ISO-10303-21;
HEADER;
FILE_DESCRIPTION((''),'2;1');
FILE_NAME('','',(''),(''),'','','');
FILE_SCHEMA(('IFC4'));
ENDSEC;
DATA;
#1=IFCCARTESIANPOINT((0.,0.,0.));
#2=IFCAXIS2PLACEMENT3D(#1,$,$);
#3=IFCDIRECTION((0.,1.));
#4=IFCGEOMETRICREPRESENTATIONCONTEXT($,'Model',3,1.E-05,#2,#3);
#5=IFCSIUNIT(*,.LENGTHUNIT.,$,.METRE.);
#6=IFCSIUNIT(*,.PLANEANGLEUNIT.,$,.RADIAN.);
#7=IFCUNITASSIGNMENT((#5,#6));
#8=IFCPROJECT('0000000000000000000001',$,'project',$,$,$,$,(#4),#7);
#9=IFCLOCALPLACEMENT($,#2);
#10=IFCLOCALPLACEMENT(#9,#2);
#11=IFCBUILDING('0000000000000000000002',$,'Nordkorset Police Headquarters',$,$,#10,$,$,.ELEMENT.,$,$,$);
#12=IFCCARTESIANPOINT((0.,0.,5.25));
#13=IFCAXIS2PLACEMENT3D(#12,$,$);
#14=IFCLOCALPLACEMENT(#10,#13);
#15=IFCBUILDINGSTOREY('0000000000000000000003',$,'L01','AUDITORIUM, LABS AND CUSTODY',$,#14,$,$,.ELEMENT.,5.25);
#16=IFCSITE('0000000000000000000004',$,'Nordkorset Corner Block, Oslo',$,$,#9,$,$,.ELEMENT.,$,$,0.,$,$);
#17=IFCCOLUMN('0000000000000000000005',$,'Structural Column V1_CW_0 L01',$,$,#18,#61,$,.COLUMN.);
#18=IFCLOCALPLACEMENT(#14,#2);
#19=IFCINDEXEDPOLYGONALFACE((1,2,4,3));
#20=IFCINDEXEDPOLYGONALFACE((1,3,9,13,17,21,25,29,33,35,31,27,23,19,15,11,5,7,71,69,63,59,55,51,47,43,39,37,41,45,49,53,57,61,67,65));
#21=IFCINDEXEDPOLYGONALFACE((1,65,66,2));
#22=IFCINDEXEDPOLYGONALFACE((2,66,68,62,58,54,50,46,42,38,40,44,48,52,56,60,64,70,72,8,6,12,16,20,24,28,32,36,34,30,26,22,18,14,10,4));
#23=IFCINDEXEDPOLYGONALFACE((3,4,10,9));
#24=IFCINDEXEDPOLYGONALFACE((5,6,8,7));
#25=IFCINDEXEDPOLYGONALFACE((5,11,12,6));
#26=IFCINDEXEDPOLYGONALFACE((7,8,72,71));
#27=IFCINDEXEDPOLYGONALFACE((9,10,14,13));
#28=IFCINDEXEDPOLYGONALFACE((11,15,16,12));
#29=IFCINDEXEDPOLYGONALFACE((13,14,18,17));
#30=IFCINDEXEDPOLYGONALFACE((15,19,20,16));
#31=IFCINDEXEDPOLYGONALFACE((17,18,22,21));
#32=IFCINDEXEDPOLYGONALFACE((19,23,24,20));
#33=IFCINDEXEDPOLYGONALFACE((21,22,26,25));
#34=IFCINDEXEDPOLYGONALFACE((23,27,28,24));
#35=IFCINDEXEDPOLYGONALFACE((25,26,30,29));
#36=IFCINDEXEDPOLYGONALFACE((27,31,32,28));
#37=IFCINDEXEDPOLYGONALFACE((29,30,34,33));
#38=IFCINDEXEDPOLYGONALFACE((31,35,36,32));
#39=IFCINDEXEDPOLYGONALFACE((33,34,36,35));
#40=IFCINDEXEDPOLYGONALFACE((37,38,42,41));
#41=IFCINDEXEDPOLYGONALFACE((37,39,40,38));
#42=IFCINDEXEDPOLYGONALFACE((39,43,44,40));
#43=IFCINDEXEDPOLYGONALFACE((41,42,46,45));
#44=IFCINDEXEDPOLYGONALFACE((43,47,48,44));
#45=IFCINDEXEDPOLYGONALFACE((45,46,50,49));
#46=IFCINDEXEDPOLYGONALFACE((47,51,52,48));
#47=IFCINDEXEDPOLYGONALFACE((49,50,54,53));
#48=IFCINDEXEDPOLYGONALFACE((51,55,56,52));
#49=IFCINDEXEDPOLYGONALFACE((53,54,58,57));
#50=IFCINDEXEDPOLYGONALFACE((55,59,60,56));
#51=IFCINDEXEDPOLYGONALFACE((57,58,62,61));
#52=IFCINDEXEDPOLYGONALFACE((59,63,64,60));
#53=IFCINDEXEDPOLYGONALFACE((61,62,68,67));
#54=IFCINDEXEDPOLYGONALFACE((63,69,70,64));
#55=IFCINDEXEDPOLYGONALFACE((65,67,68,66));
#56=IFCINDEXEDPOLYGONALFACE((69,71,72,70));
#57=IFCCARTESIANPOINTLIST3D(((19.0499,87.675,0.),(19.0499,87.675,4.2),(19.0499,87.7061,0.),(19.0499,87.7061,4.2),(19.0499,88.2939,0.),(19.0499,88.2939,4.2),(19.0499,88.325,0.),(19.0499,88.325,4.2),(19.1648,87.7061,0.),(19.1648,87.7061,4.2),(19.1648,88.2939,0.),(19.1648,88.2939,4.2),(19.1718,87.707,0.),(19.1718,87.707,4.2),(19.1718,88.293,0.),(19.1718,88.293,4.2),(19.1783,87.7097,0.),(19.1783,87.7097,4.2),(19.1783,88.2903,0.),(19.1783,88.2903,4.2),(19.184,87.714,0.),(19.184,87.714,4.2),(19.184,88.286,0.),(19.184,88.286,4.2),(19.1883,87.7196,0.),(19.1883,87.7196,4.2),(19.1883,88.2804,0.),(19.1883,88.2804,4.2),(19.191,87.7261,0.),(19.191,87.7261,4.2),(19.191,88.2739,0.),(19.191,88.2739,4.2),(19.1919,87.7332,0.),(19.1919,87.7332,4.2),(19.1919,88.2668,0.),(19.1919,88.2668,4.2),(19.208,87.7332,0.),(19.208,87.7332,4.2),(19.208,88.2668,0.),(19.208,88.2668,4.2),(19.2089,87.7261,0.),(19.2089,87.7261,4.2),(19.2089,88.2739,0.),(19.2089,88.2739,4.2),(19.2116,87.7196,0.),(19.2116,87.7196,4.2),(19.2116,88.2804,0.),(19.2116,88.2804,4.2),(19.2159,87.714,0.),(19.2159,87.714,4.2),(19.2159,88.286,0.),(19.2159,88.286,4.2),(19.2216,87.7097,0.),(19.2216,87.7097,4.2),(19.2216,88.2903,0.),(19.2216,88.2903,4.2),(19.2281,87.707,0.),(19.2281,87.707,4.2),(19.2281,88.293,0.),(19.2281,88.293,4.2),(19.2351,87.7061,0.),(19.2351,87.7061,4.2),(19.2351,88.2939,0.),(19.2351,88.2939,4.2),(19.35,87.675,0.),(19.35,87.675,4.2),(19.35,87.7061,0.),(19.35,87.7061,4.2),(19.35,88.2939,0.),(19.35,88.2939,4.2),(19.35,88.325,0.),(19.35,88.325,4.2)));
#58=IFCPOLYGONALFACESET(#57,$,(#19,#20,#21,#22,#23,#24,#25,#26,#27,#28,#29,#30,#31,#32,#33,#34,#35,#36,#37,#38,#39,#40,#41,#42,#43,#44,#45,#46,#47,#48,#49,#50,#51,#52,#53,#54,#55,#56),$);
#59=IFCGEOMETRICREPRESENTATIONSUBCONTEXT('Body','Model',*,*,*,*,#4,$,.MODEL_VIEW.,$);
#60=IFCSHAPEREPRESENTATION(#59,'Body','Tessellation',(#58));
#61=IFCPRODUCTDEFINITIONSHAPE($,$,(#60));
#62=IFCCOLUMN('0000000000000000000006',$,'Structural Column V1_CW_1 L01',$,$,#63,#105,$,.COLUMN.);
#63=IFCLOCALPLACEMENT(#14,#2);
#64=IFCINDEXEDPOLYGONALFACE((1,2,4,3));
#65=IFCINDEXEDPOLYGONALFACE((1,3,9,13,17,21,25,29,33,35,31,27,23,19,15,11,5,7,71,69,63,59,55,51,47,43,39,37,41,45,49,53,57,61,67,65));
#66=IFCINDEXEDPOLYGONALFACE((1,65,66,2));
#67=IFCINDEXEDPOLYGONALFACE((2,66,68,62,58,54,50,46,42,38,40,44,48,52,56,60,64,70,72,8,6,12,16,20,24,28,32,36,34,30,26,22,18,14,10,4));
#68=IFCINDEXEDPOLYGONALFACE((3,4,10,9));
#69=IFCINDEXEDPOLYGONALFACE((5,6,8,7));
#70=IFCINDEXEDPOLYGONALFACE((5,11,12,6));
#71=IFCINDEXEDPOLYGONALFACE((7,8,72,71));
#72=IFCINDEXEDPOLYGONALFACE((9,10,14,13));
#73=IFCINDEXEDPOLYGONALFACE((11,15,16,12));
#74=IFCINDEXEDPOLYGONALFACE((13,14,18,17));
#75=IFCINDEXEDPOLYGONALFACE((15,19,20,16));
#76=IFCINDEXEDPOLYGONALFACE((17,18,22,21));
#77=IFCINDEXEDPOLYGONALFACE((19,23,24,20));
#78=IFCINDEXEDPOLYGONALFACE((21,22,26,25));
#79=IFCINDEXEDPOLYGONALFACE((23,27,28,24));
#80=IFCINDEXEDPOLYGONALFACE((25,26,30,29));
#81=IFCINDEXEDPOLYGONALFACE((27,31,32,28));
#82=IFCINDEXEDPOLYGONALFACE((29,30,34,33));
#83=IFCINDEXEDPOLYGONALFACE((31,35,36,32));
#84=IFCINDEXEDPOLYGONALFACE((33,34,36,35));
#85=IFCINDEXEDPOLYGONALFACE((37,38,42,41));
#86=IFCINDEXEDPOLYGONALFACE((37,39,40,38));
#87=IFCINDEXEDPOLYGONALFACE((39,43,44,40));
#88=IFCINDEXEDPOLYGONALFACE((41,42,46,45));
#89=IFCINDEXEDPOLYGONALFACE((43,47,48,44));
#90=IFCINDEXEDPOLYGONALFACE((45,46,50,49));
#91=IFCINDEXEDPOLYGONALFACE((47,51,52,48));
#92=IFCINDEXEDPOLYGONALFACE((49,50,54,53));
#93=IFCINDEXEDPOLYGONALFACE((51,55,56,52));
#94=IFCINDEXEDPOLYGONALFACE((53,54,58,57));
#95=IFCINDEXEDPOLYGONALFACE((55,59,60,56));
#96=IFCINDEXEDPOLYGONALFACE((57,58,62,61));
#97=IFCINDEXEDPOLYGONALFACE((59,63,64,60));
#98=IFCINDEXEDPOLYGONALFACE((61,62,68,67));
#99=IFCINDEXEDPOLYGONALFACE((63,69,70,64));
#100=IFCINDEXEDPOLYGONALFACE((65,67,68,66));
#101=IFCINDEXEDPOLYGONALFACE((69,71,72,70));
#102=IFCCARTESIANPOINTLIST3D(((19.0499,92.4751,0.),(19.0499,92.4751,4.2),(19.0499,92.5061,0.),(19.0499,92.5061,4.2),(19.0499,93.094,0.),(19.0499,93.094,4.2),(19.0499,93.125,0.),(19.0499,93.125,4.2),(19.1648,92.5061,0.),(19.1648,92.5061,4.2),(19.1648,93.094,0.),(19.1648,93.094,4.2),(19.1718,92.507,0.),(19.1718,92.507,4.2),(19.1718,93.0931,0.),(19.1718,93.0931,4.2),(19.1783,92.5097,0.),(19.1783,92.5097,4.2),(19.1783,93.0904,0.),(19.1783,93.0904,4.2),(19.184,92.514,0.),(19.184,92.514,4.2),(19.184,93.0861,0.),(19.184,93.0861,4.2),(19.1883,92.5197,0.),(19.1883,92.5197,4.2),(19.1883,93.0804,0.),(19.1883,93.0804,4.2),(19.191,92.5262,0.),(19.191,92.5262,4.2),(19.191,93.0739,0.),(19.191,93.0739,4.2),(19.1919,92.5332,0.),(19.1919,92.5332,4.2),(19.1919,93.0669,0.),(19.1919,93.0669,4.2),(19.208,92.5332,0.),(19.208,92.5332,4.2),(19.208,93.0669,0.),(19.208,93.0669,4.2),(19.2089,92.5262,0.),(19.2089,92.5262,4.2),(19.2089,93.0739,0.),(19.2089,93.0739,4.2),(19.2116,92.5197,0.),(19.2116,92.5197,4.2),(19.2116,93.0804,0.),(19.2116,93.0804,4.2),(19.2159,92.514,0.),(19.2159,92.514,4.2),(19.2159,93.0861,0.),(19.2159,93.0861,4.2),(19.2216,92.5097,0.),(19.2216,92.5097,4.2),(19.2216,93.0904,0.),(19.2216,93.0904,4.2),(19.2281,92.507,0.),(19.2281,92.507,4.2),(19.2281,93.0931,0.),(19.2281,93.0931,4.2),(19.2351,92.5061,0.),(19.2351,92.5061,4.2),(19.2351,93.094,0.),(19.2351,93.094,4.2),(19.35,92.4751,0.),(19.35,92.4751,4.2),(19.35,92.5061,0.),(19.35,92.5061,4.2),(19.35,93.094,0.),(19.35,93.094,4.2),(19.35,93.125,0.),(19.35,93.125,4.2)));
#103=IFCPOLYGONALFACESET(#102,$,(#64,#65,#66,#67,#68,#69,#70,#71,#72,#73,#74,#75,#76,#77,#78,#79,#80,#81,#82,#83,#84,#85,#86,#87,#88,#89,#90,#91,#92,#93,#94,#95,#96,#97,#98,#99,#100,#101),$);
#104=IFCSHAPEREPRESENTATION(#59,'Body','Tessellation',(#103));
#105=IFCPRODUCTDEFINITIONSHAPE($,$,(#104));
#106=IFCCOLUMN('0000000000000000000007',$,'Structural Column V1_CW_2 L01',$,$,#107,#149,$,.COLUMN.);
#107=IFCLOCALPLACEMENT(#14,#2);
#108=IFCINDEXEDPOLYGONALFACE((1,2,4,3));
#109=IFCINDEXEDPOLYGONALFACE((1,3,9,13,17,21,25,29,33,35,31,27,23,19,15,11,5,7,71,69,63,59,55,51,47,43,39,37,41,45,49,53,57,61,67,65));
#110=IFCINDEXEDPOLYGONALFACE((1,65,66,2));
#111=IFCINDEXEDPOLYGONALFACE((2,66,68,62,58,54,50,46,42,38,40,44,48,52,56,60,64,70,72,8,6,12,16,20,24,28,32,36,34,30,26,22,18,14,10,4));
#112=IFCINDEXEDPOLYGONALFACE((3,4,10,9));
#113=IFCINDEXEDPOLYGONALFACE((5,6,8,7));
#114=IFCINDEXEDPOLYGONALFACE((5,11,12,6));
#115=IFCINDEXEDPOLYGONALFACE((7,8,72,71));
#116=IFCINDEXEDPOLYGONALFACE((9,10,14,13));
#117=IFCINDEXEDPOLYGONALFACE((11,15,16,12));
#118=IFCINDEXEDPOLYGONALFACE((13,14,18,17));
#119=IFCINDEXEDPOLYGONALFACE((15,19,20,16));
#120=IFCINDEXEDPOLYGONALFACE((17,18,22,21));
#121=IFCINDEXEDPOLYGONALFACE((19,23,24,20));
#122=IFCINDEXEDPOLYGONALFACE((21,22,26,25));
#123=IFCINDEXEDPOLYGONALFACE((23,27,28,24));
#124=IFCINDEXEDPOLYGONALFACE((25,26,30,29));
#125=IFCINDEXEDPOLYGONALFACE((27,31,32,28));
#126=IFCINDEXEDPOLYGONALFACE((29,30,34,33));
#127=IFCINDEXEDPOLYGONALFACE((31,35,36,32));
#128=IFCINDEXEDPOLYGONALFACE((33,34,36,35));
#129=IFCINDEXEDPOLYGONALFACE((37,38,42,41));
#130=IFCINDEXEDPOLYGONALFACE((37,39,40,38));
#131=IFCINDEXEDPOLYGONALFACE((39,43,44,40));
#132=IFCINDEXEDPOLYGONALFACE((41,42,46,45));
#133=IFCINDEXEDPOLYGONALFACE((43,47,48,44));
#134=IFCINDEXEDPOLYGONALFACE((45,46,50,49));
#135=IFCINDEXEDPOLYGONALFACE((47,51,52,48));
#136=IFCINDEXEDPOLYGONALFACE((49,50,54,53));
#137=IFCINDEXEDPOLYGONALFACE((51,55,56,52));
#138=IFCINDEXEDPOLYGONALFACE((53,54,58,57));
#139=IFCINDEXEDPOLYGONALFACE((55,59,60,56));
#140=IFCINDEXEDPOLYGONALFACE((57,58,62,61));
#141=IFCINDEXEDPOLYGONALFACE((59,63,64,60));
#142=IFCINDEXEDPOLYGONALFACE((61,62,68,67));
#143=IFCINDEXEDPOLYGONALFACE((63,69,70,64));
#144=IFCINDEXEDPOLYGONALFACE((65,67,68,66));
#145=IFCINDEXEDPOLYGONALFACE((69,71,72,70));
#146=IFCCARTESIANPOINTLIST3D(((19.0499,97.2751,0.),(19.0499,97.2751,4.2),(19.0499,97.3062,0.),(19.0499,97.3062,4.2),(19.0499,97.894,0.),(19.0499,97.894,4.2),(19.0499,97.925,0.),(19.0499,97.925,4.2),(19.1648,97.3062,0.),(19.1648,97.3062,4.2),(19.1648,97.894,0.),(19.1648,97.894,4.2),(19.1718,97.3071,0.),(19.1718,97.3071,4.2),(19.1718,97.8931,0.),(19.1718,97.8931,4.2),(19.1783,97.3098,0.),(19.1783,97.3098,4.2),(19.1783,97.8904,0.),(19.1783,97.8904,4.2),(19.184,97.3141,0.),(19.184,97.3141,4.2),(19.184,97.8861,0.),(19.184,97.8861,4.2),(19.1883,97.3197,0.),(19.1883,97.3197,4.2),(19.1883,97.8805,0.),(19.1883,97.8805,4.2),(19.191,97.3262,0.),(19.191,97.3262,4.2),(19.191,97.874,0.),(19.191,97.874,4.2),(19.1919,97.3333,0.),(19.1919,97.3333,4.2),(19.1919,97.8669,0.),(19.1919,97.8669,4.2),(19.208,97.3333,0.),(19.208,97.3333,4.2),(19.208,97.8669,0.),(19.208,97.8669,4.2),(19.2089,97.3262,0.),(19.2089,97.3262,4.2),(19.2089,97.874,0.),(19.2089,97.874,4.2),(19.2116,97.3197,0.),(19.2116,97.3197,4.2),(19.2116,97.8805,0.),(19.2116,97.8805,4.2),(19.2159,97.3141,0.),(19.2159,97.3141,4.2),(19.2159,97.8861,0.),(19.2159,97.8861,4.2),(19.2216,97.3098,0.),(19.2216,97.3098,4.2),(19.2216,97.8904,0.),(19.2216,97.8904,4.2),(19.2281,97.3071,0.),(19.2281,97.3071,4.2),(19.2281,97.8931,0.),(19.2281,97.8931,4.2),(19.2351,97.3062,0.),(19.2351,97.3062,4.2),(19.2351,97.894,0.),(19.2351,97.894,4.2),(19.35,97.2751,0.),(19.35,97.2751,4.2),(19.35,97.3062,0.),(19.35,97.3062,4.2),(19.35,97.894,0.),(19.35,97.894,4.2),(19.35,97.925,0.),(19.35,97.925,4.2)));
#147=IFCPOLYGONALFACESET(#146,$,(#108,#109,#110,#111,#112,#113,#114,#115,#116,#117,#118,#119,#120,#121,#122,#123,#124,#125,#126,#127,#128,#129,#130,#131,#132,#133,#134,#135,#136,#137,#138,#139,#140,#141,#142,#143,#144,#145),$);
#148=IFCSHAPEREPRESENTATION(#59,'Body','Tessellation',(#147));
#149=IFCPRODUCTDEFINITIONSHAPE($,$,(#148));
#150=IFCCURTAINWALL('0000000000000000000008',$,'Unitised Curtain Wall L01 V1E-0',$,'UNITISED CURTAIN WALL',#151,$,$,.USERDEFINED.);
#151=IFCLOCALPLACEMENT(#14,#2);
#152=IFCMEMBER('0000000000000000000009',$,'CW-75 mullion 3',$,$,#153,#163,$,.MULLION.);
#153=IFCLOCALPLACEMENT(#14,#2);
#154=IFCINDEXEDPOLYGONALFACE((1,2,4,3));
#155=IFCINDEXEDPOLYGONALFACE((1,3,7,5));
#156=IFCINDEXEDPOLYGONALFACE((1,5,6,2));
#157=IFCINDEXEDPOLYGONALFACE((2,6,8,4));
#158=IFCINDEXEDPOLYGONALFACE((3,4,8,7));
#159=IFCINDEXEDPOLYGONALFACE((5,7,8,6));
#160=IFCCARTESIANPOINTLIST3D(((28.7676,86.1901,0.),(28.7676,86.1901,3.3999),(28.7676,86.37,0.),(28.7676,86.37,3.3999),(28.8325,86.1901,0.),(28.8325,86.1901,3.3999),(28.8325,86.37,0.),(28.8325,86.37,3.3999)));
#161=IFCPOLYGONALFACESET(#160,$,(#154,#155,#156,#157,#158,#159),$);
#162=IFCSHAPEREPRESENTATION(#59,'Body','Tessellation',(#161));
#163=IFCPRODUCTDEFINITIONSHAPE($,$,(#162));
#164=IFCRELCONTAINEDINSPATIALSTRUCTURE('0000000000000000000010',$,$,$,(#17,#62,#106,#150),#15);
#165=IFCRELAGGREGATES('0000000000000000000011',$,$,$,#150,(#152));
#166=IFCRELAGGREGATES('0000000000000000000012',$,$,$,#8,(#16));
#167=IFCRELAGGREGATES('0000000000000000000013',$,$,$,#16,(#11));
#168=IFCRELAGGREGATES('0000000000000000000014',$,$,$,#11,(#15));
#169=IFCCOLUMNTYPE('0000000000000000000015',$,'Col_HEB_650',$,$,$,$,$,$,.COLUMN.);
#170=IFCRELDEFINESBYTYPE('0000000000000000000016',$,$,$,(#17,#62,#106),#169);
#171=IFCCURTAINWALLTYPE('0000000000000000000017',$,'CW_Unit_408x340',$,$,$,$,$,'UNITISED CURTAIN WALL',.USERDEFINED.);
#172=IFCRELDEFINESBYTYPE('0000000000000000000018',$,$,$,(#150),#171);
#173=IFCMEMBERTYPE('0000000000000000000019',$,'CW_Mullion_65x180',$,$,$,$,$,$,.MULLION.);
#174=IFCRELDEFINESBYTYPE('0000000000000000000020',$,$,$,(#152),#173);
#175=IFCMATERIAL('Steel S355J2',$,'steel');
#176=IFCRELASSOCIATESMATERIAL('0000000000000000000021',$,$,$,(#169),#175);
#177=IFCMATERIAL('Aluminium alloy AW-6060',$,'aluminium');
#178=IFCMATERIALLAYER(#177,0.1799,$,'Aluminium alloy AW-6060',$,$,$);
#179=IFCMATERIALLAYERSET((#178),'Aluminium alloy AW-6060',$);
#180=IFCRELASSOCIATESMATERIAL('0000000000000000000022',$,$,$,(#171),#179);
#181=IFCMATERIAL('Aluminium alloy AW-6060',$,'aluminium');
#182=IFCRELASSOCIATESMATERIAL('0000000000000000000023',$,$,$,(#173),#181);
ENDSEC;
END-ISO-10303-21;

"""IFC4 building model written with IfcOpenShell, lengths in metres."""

from ifc_helpers import new_model, si_unit, direction, frame, origin, origin_2d, place, context, subcontext, project, spatial, rectangle, i_section, extrude, material, layer, layer_set, material_profile, profile_set, type_object, element, aggregate, save


model = new_model("IFC4")

# Units and contexts
model_context = context("Model", 3, precision=1e-05, world=origin(), true_north=direction((0.0, 1.0)))
body_context = subcontext(model_context, "Body", "Model", "MODEL_VIEW")
ifc_project = project(units=[si_unit("LENGTHUNIT", "METRE"), si_unit("PLANEANGLEUNIT", "RADIAN")], contexts=[model_context])

# Site, building, storey
site_placement = place(None, origin())
site = spatial("IfcSite", under=ifc_project, at=site_placement, Name="Nordkorset Corner Block, Oslo", CompositionType="ELEMENT", RefElevation=0.0)
building_placement = place(site_placement, origin())
building = spatial("IfcBuilding", under=site, at=building_placement, Name="Nordkorset Police Headquarters", CompositionType="ELEMENT")
storey_placement = place(building_placement, frame((0.0, 0.0, 5.25)))
storey = spatial("IfcBuildingStorey", under=building, at=storey_placement, Name="L01", Description="AUDITORIUM, LABS AND CUSTODY", CompositionType="ELEMENT", Elevation=5.25)

# Columns
ifc_material_1 = material(Name="Steel S355J2", Category="steel")
ifc_material_profile_1 = material_profile(ifc_material_1, i_section(OverallWidth=0.3, OverallDepth=0.6499, WebThickness=0.0161, FlangeThickness=0.031, FilletRadius=0.0271, at=origin_2d()), Name="HEB 650")
ifc_profile_set_1 = profile_set([ifc_material_profile_1], Name="Steel S355J2")
column_type = type_object("IfcColumnType", Name="Col_HEB_650", PredefinedType="COLUMN", material=ifc_profile_set_1)
for number, where, z_axis, x_axis, name in (
    (1, (19.2, 88.0, 0.0), (0.0, 0.0, 1.0), (1.0, 0.0, 0.0), "Structural Column V1_CW_0 L01"),
    (2, (19.2, 92.8, 0.0), (0.0, 0.0, 1.0), (1.0, 0.0, 0.0), "Structural Column V1_CW_1 L01"),
    (3, (19.2, 97.6001, 0.0), (0.0, 0.0, 1.0), (1.0, 0.0, 0.0), "Structural Column V1_CW_2 L01"),
):
    element("IfcColumn", number, at=place(storey_placement, frame(where, z_axis=z_axis, x_axis=x_axis)), inside=storey, type_object=column_type, Name=name, PredefinedType="COLUMN", context=body_context, shape_type="SweptSolid", body=[
        extrude(i_section(OverallWidth=0.3, OverallDepth=0.6499, WebThickness=0.0161, FlangeThickness=0.031, FilletRadius=0.0271, at=origin_2d()), origin(), (0.0, 0.0, 1.0), 4.2),
    ])

# Curtain wall, member
ifc_material_2 = material(Name="Aluminium alloy AW-6060", Category="aluminium")
ifc_layer_1 = layer(ifc_material_2, 0.1799, Name="Aluminium alloy AW-6060")
ifc_layer_set_1 = layer_set([ifc_layer_1], Name="Aluminium alloy AW-6060")
curtain_wall_type = type_object("IfcCurtainWallType", Name="CW_Unit_408x340", ElementType="UNITISED CURTAIN WALL", PredefinedType="USERDEFINED", material=ifc_layer_set_1)
curtain_wall_placement = place(storey_placement, origin())
curtain_wall = element("IfcCurtainWall", 4, at=curtain_wall_placement, inside=storey, type_object=curtain_wall_type, Name="Unitised Curtain Wall L01 V1E-0", ObjectType="UNITISED CURTAIN WALL", PredefinedType="USERDEFINED")
ifc_material_3 = material(Name="Aluminium alloy AW-6060", Category="aluminium")
ifc_material_profile_2 = material_profile(ifc_material_3, rectangle(XDim=0.0649, YDim=0.1799, at=origin_2d()), Name="ALU MULL 65x180")
ifc_profile_set_2 = profile_set([ifc_material_profile_2], Name="Aluminium alloy AW-6060")
member_type = type_object("IfcMemberType", Name="CW_Mullion_65x180", PredefinedType="MULLION", material=ifc_profile_set_2)
member_placement = place(storey_placement, frame((28.8, 86.28, 0.0), z_axis=(0.0, 0.0, 1.0), x_axis=(-1.0, 0.0, 0.0)))
member = element("IfcMember", 5, at=member_placement, type_object=member_type, Name="CW-75 mullion 3", PredefinedType="MULLION", context=body_context, shape_type="SweptSolid", body=[
    extrude(rectangle(XDim=0.0649, YDim=0.1799, at=origin_2d()), origin(), (0.0, 0.0, 1.0), 3.3999),
])

aggregate(curtain_wall, [member])

save(model, "model.ifc")
